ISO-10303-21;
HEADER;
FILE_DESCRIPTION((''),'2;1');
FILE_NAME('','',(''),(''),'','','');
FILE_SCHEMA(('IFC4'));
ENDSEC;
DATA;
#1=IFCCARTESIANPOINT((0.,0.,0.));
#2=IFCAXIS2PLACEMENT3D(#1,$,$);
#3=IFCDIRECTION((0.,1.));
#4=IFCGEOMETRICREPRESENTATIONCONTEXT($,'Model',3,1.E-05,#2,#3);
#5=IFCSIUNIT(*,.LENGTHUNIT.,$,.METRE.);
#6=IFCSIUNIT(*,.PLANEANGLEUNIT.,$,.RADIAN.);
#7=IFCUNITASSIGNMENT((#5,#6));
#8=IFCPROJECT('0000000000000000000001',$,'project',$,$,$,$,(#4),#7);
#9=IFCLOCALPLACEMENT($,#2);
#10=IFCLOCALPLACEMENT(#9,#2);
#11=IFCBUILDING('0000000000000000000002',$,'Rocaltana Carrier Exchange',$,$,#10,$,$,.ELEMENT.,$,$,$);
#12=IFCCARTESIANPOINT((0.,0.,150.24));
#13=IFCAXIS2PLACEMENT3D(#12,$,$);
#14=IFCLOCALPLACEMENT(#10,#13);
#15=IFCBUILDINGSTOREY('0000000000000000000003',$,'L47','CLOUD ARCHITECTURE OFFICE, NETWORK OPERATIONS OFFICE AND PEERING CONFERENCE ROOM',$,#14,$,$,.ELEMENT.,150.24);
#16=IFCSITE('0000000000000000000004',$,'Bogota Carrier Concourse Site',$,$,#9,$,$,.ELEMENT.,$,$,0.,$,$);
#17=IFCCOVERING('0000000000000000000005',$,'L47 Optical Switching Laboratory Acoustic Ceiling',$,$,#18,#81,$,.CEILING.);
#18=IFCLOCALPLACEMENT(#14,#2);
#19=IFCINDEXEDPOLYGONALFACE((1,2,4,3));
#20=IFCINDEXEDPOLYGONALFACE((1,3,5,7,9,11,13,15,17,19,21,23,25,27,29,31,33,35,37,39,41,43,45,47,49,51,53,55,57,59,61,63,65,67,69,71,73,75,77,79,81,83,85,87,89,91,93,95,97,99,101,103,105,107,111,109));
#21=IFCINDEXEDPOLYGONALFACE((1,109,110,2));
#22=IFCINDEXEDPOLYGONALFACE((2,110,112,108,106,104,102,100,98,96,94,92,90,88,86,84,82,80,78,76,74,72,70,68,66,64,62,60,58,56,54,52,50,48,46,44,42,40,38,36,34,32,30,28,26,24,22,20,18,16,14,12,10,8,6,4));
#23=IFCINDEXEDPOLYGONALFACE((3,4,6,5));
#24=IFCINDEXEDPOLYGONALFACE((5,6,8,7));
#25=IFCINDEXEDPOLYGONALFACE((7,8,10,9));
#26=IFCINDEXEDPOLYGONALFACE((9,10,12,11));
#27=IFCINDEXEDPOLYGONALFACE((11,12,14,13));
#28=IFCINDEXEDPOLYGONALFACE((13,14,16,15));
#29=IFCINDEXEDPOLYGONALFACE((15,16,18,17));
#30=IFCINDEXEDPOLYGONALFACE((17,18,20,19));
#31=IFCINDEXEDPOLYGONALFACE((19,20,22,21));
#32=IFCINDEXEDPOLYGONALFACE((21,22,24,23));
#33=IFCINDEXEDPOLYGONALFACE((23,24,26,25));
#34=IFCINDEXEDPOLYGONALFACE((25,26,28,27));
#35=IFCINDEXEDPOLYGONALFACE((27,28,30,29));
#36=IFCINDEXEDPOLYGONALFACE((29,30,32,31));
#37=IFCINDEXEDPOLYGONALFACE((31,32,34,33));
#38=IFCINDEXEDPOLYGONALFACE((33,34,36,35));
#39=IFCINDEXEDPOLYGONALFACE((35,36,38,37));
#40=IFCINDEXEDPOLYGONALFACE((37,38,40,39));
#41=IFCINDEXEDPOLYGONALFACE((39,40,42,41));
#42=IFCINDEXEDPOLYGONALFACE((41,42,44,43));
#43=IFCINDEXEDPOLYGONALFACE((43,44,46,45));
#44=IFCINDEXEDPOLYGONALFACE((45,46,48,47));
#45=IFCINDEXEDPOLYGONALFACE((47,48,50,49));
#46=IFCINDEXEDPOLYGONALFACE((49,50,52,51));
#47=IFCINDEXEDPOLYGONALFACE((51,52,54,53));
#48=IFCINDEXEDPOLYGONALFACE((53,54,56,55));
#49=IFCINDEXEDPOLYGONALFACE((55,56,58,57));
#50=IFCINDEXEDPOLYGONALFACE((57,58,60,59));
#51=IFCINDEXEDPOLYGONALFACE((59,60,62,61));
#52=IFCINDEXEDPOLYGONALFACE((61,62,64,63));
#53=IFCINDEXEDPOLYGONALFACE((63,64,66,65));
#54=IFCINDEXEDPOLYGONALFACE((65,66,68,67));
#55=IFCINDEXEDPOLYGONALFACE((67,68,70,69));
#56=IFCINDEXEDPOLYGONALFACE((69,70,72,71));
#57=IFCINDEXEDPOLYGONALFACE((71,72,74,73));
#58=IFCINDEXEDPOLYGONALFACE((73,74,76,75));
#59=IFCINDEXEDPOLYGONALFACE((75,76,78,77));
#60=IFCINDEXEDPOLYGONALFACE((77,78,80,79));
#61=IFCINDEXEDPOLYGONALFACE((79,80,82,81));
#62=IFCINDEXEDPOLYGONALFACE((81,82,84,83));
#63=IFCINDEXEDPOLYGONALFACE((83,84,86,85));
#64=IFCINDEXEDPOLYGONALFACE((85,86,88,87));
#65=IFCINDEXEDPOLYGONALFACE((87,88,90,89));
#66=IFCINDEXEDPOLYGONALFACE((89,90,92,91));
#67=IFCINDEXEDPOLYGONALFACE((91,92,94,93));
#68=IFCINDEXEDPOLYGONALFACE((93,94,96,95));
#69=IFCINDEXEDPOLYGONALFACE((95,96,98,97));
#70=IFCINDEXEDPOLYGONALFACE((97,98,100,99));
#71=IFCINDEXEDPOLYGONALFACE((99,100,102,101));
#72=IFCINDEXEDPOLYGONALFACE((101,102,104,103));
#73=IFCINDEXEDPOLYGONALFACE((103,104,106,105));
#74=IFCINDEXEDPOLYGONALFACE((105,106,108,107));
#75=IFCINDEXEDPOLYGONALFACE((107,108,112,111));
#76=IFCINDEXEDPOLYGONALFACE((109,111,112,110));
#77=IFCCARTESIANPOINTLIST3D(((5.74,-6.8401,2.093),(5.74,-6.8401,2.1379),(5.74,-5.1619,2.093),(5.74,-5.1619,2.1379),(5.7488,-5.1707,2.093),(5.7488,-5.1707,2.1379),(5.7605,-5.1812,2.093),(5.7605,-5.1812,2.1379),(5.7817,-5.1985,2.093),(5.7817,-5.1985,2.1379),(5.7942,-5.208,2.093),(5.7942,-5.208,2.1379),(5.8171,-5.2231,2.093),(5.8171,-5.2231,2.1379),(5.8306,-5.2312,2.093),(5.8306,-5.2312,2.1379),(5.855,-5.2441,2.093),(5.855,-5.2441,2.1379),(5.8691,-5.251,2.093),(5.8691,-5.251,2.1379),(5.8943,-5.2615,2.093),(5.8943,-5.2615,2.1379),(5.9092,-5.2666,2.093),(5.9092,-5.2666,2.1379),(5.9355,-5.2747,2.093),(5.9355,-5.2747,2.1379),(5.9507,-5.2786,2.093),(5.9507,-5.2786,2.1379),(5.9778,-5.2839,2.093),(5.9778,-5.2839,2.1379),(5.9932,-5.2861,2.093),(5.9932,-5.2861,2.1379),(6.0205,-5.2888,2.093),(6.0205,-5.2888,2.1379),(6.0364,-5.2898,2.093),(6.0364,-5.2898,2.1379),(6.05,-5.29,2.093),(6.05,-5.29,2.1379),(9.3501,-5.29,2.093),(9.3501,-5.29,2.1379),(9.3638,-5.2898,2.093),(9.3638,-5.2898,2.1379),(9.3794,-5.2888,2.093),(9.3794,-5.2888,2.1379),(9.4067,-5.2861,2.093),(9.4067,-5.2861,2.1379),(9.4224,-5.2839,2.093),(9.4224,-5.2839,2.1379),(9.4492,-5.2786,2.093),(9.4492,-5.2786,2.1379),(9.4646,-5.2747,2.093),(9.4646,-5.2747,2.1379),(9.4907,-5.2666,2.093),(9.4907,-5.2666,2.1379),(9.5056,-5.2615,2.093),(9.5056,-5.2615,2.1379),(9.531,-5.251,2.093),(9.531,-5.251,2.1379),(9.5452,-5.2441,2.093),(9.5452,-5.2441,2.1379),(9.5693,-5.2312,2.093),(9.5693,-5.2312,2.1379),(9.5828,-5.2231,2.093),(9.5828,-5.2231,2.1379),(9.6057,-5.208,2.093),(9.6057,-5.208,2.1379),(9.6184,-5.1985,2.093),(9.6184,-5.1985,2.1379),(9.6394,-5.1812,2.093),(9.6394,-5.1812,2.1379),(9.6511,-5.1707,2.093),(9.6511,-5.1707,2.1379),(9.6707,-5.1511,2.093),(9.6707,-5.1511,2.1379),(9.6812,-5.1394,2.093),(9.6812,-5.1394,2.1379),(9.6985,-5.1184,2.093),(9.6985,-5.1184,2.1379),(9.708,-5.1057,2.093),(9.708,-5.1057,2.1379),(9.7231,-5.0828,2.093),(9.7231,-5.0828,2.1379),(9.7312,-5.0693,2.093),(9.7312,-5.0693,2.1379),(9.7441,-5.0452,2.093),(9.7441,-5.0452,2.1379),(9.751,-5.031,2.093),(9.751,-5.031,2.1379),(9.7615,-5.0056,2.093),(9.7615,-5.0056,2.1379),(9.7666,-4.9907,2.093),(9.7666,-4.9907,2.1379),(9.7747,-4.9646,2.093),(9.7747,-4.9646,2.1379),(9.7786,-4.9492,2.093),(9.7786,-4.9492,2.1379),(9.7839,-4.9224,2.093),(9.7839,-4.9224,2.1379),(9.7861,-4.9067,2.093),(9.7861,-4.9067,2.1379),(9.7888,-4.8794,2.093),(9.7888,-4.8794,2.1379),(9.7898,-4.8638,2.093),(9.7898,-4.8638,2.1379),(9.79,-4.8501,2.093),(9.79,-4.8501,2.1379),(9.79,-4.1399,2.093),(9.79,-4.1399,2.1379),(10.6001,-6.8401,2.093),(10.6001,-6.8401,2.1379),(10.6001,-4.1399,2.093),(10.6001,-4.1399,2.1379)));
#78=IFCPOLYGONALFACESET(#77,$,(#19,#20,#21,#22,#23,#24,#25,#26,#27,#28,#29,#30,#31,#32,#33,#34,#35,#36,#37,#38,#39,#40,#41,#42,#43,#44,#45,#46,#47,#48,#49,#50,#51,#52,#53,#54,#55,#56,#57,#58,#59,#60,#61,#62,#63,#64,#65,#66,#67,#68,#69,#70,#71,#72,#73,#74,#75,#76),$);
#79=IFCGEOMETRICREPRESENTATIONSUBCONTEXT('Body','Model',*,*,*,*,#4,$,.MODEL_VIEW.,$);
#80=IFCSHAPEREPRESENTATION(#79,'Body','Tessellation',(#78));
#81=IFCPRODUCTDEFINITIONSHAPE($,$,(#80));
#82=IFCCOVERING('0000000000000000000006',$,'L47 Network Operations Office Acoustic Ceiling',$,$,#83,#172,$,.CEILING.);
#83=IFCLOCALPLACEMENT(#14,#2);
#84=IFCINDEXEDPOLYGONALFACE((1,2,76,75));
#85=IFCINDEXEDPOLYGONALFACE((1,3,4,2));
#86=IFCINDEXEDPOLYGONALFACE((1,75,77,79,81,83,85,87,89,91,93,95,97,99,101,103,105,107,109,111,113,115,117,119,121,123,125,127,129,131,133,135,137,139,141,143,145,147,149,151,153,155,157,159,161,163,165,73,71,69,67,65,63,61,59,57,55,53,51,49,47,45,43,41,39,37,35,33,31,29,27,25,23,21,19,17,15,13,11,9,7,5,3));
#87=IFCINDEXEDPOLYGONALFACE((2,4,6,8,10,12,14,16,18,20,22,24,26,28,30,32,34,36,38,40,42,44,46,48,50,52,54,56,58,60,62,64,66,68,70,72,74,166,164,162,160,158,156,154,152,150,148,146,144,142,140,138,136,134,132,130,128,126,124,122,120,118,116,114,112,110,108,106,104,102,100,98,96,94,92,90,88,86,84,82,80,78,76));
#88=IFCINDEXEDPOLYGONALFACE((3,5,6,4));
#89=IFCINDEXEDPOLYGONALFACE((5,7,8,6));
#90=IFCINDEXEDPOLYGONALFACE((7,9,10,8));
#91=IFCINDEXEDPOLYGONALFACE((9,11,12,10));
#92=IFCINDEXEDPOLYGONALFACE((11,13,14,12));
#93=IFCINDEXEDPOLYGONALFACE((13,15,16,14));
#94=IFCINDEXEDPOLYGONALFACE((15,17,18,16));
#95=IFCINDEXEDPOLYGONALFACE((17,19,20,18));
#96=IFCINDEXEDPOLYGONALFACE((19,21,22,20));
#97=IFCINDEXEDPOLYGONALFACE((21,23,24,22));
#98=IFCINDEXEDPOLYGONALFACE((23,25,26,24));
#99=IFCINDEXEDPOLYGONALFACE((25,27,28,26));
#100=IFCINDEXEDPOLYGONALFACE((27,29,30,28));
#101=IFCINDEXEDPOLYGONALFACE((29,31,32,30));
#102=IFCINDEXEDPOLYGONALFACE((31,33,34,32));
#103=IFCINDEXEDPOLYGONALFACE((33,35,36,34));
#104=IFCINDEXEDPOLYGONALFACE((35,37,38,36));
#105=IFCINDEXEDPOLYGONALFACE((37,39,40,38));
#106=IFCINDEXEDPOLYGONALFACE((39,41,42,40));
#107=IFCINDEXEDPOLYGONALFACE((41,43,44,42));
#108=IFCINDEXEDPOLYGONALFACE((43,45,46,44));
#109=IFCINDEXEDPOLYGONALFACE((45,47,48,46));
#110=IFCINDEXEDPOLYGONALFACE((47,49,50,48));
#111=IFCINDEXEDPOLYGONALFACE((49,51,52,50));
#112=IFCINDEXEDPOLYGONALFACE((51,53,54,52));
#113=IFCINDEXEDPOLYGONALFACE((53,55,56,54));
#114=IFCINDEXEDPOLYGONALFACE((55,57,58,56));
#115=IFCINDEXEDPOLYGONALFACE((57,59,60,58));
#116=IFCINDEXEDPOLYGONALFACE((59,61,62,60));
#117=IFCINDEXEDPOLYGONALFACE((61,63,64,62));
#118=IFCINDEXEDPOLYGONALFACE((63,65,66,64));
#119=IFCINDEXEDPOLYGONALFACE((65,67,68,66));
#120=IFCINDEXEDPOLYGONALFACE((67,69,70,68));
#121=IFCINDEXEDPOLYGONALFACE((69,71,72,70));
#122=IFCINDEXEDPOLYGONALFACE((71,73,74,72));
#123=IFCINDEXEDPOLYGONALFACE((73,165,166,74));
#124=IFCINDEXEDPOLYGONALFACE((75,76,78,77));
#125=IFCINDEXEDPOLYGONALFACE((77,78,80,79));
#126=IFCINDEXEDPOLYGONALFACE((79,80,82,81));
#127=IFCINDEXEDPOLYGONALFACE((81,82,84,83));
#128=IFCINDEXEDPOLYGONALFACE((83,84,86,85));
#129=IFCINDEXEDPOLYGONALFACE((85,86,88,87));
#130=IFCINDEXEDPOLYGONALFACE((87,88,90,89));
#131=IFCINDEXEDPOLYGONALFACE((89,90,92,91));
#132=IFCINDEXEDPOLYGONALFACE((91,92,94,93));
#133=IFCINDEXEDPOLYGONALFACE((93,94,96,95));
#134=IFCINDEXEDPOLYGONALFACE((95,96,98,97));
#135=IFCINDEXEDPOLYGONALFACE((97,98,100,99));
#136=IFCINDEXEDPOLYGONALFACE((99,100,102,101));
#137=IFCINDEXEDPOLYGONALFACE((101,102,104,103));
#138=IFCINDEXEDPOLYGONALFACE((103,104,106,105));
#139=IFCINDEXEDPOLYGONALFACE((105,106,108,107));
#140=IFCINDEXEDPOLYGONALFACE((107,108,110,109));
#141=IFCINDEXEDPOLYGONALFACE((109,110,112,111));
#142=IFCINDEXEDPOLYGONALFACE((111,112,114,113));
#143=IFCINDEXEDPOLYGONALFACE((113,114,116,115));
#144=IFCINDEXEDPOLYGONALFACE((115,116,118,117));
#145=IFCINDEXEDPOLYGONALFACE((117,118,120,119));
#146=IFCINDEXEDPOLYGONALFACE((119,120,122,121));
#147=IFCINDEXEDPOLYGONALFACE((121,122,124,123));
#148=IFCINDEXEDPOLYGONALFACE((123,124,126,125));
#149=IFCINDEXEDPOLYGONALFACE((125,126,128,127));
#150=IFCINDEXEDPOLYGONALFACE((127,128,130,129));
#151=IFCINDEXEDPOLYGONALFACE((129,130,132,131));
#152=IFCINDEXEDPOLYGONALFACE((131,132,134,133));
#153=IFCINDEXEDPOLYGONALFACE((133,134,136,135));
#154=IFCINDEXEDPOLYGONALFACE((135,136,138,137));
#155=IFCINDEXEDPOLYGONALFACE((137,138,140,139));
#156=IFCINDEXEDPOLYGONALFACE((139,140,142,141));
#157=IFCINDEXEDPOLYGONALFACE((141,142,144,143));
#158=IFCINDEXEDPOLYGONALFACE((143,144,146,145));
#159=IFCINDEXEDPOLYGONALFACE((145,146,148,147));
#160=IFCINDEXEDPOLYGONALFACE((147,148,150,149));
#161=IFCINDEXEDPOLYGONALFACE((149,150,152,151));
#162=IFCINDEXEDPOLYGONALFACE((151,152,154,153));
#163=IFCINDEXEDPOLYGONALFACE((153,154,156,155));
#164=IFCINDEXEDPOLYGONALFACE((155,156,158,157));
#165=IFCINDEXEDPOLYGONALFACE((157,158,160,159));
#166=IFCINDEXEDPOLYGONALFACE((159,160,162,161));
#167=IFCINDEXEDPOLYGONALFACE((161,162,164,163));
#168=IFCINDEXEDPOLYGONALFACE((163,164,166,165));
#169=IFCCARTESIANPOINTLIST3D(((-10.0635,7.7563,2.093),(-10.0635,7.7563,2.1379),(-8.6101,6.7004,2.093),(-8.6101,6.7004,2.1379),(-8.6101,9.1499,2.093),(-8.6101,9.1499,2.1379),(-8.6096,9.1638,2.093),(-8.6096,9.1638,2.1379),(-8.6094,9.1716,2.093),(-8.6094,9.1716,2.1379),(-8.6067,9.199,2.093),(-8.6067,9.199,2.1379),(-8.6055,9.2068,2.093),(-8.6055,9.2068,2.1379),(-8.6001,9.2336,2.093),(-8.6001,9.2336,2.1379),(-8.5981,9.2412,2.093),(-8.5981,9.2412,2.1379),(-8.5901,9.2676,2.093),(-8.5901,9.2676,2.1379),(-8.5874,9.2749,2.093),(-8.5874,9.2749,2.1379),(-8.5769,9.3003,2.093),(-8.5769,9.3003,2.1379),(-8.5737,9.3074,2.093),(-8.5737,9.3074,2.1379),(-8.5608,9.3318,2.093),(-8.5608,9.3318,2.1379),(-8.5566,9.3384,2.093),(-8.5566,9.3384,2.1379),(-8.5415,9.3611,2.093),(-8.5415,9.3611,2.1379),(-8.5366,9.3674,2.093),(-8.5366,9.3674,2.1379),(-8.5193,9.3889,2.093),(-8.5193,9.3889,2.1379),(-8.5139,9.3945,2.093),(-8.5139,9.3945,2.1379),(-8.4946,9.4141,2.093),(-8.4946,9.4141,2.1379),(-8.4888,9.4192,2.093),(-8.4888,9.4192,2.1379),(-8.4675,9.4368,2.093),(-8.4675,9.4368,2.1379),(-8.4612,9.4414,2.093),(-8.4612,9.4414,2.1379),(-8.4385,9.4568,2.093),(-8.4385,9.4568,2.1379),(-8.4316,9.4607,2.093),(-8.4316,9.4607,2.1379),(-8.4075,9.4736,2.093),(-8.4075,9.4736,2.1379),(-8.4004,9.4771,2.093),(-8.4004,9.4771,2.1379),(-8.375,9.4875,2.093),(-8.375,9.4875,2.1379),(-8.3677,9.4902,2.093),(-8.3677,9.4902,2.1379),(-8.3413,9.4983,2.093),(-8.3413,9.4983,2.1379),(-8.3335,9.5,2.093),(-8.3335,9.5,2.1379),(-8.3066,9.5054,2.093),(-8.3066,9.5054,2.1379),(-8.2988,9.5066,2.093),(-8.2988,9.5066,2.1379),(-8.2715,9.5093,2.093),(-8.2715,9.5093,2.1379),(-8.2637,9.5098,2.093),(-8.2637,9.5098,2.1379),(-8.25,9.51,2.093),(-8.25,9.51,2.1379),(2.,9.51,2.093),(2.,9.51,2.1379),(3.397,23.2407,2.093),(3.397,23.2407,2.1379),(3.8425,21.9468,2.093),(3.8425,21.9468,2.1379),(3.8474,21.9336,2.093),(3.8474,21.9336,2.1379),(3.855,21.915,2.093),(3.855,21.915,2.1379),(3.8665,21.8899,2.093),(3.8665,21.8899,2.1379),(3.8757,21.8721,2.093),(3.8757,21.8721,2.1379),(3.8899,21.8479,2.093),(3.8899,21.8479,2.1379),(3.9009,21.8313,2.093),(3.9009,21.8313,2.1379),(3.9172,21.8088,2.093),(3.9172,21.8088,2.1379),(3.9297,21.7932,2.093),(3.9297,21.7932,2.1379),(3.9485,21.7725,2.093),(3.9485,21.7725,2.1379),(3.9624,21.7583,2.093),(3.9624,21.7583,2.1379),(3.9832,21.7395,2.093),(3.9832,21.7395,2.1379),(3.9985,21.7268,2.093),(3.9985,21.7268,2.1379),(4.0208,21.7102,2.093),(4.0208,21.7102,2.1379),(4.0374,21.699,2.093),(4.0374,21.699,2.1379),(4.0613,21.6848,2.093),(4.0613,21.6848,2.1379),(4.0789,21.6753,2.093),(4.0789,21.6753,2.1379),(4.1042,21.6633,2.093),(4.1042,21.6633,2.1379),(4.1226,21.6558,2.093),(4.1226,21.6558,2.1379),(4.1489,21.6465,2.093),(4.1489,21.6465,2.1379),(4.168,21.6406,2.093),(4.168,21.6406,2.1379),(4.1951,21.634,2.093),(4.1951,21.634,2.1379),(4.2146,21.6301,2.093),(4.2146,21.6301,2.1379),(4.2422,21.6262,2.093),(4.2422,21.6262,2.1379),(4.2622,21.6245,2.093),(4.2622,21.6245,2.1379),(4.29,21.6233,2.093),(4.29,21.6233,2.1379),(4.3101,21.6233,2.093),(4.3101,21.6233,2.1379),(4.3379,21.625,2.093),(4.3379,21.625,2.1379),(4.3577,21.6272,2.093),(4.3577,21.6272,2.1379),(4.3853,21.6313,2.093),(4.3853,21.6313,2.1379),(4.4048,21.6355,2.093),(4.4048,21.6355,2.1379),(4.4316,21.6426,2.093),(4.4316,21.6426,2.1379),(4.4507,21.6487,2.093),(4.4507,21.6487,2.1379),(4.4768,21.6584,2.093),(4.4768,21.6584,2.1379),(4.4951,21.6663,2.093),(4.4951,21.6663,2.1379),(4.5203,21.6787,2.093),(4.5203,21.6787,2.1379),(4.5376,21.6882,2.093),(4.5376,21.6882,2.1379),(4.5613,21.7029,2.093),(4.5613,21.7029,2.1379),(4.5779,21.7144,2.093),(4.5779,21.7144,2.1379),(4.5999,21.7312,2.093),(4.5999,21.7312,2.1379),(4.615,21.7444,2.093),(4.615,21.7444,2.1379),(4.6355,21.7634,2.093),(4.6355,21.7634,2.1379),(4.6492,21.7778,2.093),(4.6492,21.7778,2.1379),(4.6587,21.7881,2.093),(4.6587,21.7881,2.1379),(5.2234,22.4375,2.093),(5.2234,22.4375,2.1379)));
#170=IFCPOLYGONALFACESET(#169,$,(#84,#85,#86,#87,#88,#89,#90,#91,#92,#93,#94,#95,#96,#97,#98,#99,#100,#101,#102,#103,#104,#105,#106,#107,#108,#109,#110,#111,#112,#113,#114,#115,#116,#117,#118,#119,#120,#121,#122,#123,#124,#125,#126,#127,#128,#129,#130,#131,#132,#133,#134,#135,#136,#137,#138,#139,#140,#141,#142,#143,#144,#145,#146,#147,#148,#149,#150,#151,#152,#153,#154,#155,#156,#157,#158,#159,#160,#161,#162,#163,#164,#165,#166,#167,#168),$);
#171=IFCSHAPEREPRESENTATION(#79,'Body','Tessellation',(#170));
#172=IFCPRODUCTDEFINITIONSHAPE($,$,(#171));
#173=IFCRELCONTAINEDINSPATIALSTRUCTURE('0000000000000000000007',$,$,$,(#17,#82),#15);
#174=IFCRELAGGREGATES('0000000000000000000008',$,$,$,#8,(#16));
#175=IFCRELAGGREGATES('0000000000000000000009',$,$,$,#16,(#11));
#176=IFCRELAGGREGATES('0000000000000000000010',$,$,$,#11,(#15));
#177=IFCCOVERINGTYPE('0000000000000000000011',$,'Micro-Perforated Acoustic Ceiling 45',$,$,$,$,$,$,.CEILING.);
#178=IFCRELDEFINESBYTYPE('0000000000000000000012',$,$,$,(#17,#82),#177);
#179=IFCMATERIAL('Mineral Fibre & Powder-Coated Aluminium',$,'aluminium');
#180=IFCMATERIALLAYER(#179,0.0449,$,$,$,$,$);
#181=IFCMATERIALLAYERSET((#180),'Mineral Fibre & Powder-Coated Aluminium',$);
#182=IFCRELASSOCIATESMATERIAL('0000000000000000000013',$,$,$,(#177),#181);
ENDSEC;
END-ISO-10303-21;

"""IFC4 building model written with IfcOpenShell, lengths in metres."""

from ifc_helpers import new_model, si_unit, direction, frame, origin, place, context, subcontext, project, spatial, polyline, outline, extrude, material, layer, layer_set, type_object, element, save


model = new_model("IFC4")

# Units and contexts
model_context = context("Model", 3, precision=1e-05, world=origin(), true_north=direction((0.0, 1.0)))
body_context = subcontext(model_context, "Body", "Model", "MODEL_VIEW")
ifc_project = project(units=[si_unit("LENGTHUNIT", "METRE"), si_unit("PLANEANGLEUNIT", "RADIAN")], contexts=[model_context])

# Site, building, storey
site_placement = place(None, origin())
site = spatial("IfcSite", under=ifc_project, at=site_placement, Name="Bogota Carrier Concourse Site", CompositionType="ELEMENT", RefElevation=0.0)
building_placement = place(site_placement, origin())
building = spatial("IfcBuilding", under=site, at=building_placement, Name="Rocaltana Carrier Exchange", CompositionType="ELEMENT")
storey_placement = place(building_placement, frame((0.0, 0.0, 150.24)))
storey = spatial("IfcBuildingStorey", under=building, at=storey_placement, Name="L47", Description="CLOUD ARCHITECTURE OFFICE, NETWORK OPERATIONS OFFICE AND PEERING CONFERENCE ROOM", CompositionType="ELEMENT", Elevation=150.24)

# Coverings
ifc_material_1 = material(Name="Mineral Fibre & Powder-Coated Aluminium", Category="aluminium")
ifc_layer_1 = layer(ifc_material_1, 0.0449)
ifc_layer_set_1 = layer_set([ifc_layer_1], Name="Mineral Fibre & Powder-Coated Aluminium")
covering_type_1 = type_object("IfcCoveringType", Name="Micro-Perforated Acoustic Ceiling 45", PredefinedType="CEILING", material=ifc_layer_set_1)
covering_1_placement = place(storey_placement, frame((0.0, 0.0, 2.093)))
element("IfcCovering", 1, at=covering_1_placement, inside=storey, type_object=covering_type_1, Name="L47 Optical Switching Laboratory Acoustic Ceiling", PredefinedType="CEILING", context=body_context, shape_type="SweptSolid", body=[
    extrude(outline(polyline([(5.74, -6.8401), (5.74, -5.1619), (5.7488, -5.1707), (5.7605, -5.1812), (5.7817, -5.1985), (5.7942, -5.208), (5.8171, -5.2231), (5.8306, -5.2312), (5.855, -5.2441), (5.8691, -5.251), (5.8943, -5.2615), (5.9092, -5.2666), (5.9355, -5.2747), (5.9507, -5.2786), (5.9778, -5.2839), (5.9932, -5.2861), (6.0205, -5.2888), (6.0364, -5.2898), (6.05, -5.29), (9.3501, -5.29), (9.3638, -5.2898), (9.3794, -5.2888), (9.4067, -5.2861), (9.4224, -5.2839), (9.4492, -5.2786), (9.4646, -5.2747), (9.4907, -5.2666), (9.5056, -5.2615), (9.531, -5.251), (9.5452, -5.2441), (9.5693, -5.2312), (9.5828, -5.2231), (9.6057, -5.208), (9.6184, -5.1985), (9.6394, -5.1812), (9.6511, -5.1707), (9.6707, -5.1511), (9.6812, -5.1394), (9.6985, -5.1184), (9.708, -5.1057), (9.7231, -5.0828), (9.7312, -5.0693), (9.7441, -5.0452), (9.751, -5.031), (9.7615, -5.0056), (9.7666, -4.9907), (9.7747, -4.9646), (9.7786, -4.9492), (9.7839, -4.9224), (9.7861, -4.9067), (9.7888, -4.8794), (9.7898, -4.8638), (9.79, -4.8501), (9.79, -4.1399), (10.6001, -4.1399), (10.6001, -6.8401), (5.74, -6.8401)])), origin(), (0.0, 0.0, 1.0), 0.0449),
])
covering_2_placement = place(storey_placement, frame((0.0, 0.0, 2.093)))
element("IfcCovering", 2, at=covering_2_placement, inside=storey, type_object=covering_type_1, Name="L47 Network Operations Office Acoustic Ceiling", PredefinedType="CEILING", context=body_context, shape_type="SweptSolid", body=[
    extrude(outline(polyline([(3.397, 23.2407), (3.8425, 21.9468), (3.8474, 21.9336), (3.855, 21.915), (3.8665, 21.8899), (3.8757, 21.8721), (3.8899, 21.8479), (3.9009, 21.8313), (3.9172, 21.8088), (3.9297, 21.7932), (3.9485, 21.7725), (3.9624, 21.7583), (3.9832, 21.7395), (3.9985, 21.7268), (4.0208, 21.7102), (4.0374, 21.699), (4.0613, 21.6848), (4.0789, 21.6753), (4.1042, 21.6633), (4.1226, 21.6558), (4.1489, 21.6465), (4.168, 21.6406), (4.1951, 21.634), (4.2146, 21.6301), (4.2422, 21.6262), (4.2622, 21.6245), (4.29, 21.6233), (4.3101, 21.6233), (4.3379, 21.625), (4.3577, 21.6272), (4.3853, 21.6313), (4.4048, 21.6355), (4.4316, 21.6426), (4.4507, 21.6487), (4.4768, 21.6584), (4.4951, 21.6663), (4.5203, 21.6787), (4.5376, 21.6882), (4.5613, 21.7029), (4.5779, 21.7144), (4.5999, 21.7312), (4.615, 21.7444), (4.6355, 21.7634), (4.6492, 21.7778), (4.6587, 21.7881), (5.2234, 22.4375), (2.0, 9.51), (-8.25, 9.51), (-8.2637, 9.5098), (-8.2715, 9.5093), (-8.2988, 9.5066), (-8.3066, 9.5054), (-8.3335, 9.5), (-8.3413, 9.4983), (-8.3677, 9.4902), (-8.375, 9.4875), (-8.4004, 9.4771), (-8.4075, 9.4736), (-8.4316, 9.4607), (-8.4385, 9.4568), (-8.4612, 9.4414), (-8.4675, 9.4368), (-8.4888, 9.4192), (-8.4946, 9.4141), (-8.5139, 9.3945), (-8.5193, 9.3889), (-8.5366, 9.3674), (-8.5415, 9.3611), (-8.5566, 9.3384), (-8.5608, 9.3318), (-8.5737, 9.3074), (-8.5769, 9.3003), (-8.5874, 9.2749), (-8.5901, 9.2676), (-8.5981, 9.2412), (-8.6001, 9.2336), (-8.6055, 9.2068), (-8.6067, 9.199), (-8.6094, 9.1716), (-8.6096, 9.1638), (-8.6101, 9.1499), (-8.6101, 6.7004), (-10.0635, 7.7563), (3.397, 23.2407)])), origin(), (0.0, 0.0, 1.0), 0.0449),
])

save(model, "model.ifc")
